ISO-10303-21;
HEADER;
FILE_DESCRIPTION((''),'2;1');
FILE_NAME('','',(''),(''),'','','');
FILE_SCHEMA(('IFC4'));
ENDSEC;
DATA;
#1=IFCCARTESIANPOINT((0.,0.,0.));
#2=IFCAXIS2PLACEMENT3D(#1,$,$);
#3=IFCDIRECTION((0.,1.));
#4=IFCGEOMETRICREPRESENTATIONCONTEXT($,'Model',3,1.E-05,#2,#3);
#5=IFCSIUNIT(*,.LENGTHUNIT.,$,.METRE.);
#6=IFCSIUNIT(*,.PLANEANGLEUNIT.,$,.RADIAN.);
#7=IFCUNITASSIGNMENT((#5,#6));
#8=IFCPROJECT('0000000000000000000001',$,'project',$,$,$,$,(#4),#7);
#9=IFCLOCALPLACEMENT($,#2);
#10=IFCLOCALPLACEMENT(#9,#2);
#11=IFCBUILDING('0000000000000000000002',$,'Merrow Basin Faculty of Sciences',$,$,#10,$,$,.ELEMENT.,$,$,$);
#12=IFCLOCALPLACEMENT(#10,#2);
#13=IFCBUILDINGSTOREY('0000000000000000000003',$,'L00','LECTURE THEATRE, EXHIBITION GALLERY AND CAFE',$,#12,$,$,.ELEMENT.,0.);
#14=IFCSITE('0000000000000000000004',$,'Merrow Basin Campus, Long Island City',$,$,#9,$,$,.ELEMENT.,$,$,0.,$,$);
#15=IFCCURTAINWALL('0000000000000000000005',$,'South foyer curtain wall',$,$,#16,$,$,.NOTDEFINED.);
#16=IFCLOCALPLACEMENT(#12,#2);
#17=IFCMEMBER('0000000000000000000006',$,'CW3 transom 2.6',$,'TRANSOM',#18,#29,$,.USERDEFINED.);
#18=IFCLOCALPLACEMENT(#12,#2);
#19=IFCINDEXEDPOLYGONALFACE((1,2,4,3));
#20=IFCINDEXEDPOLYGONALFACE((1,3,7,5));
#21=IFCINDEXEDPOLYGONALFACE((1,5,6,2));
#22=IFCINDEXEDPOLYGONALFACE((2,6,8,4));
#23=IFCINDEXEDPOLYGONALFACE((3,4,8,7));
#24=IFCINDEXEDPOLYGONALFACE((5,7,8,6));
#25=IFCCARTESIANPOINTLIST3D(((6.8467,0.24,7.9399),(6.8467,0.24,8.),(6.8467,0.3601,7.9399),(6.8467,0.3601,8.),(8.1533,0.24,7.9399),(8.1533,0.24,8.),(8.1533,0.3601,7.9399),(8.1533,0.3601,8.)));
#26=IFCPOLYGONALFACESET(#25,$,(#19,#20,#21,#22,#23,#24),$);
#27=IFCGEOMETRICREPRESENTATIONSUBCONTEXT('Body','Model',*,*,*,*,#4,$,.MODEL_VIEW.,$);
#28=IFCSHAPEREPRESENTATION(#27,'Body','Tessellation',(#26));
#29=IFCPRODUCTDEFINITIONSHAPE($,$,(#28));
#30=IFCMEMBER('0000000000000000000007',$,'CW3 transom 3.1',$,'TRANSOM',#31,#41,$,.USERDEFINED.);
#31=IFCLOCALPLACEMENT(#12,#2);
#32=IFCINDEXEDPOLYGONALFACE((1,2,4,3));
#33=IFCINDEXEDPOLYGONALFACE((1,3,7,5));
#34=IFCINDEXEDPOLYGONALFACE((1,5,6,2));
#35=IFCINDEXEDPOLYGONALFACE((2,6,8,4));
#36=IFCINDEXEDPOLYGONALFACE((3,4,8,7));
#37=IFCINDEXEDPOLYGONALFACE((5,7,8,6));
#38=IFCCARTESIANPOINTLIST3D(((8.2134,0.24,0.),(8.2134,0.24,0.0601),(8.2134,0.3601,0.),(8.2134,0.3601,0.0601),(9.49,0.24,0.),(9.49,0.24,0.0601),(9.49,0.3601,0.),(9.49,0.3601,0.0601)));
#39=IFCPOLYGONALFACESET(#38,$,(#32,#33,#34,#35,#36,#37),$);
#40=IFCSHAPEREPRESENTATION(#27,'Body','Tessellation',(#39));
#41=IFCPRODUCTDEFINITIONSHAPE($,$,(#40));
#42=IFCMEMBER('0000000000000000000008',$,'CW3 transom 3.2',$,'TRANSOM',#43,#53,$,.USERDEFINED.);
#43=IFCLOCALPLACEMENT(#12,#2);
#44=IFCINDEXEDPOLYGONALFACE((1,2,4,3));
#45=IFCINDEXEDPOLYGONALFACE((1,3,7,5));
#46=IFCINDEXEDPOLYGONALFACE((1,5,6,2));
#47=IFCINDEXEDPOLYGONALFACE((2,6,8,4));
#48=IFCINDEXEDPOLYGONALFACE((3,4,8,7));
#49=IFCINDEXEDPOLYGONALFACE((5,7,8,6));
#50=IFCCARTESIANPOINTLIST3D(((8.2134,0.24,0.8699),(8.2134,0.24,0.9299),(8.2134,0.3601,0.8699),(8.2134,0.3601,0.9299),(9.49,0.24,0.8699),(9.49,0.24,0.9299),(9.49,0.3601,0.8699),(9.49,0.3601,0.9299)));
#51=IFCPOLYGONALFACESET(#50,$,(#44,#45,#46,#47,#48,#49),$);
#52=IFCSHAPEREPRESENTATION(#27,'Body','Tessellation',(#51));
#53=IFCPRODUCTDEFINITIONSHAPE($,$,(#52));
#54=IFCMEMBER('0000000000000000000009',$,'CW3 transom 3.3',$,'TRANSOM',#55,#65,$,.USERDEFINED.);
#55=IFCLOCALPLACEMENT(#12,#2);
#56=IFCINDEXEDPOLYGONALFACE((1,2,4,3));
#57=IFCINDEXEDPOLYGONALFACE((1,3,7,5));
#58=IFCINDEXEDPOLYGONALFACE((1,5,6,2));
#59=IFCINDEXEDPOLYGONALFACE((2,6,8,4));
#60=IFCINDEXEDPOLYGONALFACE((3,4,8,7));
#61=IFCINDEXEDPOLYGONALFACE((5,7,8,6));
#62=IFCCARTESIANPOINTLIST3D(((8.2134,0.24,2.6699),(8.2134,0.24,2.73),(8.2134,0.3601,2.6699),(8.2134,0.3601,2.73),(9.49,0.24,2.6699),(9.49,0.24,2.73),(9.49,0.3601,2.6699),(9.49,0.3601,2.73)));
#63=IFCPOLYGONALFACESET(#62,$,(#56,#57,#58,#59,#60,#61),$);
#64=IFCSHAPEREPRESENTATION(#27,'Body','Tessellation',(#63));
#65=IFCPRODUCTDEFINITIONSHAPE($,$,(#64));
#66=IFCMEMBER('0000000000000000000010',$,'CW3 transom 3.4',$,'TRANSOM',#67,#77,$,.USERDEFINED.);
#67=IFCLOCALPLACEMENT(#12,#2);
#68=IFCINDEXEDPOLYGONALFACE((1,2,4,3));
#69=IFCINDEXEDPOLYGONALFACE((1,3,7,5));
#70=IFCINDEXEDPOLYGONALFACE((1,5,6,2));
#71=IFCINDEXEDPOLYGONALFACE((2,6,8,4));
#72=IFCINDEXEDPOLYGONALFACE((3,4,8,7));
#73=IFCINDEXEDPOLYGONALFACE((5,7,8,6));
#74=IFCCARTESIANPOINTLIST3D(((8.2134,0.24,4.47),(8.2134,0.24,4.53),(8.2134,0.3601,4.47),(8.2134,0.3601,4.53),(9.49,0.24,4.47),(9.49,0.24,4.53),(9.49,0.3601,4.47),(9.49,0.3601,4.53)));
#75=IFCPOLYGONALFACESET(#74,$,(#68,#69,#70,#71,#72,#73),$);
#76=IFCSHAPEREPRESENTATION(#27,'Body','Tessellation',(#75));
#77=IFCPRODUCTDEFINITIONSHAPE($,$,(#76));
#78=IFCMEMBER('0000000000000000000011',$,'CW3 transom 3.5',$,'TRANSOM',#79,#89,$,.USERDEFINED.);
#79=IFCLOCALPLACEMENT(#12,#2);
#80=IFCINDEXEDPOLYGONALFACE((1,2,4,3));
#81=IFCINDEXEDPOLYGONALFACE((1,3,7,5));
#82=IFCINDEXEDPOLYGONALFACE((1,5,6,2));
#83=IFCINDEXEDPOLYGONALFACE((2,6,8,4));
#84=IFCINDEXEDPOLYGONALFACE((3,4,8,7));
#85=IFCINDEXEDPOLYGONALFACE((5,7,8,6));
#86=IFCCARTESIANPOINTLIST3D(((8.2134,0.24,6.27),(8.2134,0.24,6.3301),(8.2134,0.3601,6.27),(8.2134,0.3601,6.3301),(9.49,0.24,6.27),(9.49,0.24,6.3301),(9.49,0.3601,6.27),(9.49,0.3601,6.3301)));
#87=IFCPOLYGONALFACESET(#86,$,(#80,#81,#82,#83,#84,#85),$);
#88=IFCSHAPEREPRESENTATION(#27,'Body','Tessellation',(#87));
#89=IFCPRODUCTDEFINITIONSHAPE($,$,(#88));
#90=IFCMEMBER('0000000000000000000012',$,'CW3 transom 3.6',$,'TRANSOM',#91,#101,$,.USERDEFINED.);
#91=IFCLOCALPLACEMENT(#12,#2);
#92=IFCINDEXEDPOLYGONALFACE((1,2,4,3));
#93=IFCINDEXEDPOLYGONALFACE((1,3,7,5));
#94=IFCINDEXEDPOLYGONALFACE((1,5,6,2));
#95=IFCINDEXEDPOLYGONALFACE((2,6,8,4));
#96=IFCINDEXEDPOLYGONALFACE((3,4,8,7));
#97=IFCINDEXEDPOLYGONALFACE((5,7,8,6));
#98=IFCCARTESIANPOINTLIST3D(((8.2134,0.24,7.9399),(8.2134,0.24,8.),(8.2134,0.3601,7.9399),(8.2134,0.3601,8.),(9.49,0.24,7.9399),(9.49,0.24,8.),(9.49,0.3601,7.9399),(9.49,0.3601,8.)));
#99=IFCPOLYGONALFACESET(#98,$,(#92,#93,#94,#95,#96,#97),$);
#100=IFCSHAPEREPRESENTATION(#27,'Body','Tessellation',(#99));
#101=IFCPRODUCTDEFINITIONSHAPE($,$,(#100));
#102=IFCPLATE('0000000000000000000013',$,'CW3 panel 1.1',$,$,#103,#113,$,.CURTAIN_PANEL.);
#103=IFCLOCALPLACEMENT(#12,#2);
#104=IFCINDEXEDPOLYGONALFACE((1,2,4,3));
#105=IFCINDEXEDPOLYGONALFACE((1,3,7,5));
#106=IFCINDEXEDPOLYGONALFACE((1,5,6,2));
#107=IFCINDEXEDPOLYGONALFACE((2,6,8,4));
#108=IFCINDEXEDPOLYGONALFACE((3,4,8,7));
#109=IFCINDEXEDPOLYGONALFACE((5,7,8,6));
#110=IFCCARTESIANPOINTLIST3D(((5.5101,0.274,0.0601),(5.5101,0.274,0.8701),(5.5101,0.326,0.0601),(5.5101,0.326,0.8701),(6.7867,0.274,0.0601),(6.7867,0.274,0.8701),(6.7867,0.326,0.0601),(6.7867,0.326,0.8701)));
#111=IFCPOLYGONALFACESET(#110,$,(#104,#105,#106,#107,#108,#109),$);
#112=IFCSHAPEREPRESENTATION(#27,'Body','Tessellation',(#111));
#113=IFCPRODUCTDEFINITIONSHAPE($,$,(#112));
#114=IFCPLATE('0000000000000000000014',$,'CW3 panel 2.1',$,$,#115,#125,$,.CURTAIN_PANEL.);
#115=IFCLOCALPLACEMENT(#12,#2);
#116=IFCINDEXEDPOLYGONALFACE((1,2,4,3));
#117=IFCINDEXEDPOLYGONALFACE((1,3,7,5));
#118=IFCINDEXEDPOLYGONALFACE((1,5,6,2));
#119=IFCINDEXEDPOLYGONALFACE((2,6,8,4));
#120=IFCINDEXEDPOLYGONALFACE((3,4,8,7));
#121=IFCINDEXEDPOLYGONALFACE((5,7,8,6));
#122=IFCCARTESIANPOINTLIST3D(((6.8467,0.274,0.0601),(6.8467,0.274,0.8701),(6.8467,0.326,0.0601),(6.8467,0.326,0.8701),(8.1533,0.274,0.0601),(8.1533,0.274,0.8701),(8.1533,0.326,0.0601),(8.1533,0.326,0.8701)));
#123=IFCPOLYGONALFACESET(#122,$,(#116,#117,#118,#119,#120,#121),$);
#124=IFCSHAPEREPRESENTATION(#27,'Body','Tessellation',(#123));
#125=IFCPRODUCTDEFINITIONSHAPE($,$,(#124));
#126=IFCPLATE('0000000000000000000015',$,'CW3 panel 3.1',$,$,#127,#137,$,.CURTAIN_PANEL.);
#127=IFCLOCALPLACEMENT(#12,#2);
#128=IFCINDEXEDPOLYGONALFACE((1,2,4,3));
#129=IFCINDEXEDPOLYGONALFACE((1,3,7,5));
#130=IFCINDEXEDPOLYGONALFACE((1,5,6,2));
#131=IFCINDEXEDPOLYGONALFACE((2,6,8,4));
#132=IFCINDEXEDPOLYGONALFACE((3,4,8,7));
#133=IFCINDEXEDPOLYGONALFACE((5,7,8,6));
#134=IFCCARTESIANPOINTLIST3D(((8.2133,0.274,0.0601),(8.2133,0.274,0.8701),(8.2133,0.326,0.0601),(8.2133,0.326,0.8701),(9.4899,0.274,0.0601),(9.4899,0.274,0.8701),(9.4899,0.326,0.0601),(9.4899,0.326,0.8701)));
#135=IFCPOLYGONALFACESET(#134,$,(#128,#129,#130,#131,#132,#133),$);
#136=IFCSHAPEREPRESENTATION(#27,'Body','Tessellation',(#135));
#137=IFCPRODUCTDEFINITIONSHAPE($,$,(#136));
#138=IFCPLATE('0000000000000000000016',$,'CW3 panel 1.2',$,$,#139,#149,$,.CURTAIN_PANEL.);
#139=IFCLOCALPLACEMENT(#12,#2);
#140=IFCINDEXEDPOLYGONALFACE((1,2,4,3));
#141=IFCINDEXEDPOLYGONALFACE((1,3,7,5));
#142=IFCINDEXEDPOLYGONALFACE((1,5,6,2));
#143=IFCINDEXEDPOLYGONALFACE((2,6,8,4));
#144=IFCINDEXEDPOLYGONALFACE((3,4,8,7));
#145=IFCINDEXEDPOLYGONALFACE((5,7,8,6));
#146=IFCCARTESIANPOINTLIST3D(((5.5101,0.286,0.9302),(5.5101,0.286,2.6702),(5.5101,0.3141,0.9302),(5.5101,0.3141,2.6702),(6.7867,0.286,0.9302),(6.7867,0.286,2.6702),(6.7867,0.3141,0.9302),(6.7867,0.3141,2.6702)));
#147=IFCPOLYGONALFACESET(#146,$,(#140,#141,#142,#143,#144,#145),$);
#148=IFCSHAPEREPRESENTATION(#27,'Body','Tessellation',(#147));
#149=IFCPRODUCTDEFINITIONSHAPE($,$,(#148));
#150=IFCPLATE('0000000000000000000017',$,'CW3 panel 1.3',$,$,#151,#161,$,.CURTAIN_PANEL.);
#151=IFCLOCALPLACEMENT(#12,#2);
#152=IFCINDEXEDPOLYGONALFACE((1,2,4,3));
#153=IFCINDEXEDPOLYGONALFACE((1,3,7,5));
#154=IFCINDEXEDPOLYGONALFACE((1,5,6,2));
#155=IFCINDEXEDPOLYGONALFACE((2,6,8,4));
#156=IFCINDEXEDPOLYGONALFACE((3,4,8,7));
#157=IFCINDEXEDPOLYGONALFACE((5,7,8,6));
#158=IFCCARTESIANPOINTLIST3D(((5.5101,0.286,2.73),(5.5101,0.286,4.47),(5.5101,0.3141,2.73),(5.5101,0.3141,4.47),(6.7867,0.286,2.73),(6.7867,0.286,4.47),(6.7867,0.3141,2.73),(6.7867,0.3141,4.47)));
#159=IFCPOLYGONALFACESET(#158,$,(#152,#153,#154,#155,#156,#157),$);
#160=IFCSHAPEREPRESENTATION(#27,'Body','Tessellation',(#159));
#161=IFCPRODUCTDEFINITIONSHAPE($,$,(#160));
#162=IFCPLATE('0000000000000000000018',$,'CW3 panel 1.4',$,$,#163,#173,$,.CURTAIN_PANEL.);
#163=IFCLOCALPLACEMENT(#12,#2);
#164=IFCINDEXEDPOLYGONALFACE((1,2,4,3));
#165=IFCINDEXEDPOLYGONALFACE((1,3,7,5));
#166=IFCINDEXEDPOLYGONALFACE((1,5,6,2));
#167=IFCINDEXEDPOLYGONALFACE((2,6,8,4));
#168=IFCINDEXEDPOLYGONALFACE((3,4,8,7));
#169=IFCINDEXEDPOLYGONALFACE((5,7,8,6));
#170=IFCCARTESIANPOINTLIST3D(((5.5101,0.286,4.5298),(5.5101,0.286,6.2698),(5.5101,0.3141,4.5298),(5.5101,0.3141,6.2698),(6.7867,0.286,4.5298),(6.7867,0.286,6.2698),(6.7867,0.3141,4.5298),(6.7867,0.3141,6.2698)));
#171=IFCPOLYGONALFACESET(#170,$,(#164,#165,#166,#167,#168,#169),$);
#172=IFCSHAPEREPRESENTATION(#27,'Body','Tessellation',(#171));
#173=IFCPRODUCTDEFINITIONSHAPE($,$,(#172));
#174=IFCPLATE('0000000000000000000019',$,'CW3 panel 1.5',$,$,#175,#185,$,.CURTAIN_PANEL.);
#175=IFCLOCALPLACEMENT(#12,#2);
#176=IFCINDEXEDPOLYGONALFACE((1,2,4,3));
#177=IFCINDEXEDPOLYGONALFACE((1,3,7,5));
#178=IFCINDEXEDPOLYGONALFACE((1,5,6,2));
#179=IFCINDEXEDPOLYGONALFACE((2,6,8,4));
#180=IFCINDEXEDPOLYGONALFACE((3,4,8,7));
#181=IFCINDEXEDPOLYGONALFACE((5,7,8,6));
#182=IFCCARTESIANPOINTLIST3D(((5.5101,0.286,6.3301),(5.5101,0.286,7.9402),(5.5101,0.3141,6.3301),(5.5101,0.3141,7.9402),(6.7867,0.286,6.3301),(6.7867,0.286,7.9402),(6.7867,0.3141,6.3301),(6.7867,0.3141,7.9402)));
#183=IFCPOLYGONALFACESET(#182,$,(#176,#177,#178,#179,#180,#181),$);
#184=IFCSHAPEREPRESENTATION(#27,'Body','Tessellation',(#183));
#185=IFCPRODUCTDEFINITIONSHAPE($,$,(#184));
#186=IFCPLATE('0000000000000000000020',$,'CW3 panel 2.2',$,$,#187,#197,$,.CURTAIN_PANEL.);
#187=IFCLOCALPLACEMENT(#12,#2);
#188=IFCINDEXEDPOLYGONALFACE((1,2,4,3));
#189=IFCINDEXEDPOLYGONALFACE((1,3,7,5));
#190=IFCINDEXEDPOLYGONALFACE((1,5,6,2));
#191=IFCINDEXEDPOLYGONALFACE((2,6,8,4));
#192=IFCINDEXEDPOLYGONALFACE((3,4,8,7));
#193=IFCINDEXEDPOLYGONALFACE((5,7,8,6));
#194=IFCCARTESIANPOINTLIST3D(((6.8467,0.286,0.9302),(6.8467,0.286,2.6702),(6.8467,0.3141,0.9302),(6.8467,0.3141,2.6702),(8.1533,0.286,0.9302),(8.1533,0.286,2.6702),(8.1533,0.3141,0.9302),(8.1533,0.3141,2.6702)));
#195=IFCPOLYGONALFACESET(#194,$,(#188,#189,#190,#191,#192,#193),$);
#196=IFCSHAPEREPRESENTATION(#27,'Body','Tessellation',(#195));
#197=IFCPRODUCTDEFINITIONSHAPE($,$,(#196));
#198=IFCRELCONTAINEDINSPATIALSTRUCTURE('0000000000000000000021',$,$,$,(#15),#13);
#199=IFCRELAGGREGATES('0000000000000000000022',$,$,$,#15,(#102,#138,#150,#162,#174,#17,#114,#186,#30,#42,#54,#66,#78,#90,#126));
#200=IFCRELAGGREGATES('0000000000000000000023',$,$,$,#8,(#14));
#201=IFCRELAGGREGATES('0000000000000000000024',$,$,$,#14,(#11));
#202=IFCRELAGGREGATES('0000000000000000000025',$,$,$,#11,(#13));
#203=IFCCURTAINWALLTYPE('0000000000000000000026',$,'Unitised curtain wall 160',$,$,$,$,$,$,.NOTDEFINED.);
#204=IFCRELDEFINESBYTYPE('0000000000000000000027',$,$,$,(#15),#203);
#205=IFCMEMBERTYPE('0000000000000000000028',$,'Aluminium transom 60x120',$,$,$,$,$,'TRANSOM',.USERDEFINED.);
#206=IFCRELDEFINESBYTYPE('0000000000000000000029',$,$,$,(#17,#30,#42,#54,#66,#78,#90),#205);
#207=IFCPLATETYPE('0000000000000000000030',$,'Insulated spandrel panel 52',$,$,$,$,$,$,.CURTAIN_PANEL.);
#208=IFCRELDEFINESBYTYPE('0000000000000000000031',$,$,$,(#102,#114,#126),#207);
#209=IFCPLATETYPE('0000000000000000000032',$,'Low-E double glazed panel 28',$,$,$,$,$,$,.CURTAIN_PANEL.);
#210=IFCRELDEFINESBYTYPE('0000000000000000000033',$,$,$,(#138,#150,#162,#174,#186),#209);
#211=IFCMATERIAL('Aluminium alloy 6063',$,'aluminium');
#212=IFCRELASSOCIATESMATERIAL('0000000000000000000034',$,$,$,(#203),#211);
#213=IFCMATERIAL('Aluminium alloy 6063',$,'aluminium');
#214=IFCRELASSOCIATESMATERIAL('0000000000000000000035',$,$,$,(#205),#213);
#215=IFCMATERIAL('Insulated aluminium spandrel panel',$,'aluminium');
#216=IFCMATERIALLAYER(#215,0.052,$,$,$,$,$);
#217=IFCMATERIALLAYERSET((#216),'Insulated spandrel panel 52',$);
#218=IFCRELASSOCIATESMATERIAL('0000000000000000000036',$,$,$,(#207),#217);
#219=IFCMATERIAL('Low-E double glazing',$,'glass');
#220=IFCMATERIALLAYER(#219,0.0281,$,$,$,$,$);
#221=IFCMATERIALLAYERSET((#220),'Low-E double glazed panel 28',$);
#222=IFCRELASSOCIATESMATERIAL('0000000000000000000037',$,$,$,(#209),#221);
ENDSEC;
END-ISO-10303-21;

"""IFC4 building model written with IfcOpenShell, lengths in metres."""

from ifc_helpers import new_model, si_unit, direction, frame, origin, origin_2d, place, context, subcontext, project, spatial, rectangle, extrude, material, layer, layer_set, material_profile, profile_set, type_object, element, aggregate, save


model = new_model("IFC4")

# Units and contexts
model_context = context("Model", 3, precision=1e-05, world=origin(), true_north=direction((0.0, 1.0)))
body_context = subcontext(model_context, "Body", "Model", "MODEL_VIEW")
ifc_project = project(units=[si_unit("LENGTHUNIT", "METRE"), si_unit("PLANEANGLEUNIT", "RADIAN")], contexts=[model_context])

# Site, building, storey
site_placement = place(None, origin())
site = spatial("IfcSite", under=ifc_project, at=site_placement, Name="Merrow Basin Campus, Long Island City", CompositionType="ELEMENT", RefElevation=0.0)
building_placement = place(site_placement, origin())
building = spatial("IfcBuilding", under=site, at=building_placement, Name="Merrow Basin Faculty of Sciences", CompositionType="ELEMENT")
storey_placement = place(building_placement, origin())
storey = spatial("IfcBuildingStorey", under=building, at=storey_placement, Name="L00", Description="LECTURE THEATRE, EXHIBITION GALLERY AND CAFE", CompositionType="ELEMENT", Elevation=0.0)

# Curtain wall, members, plates
ifc_material_1 = material(Name="Aluminium alloy 6063", Category="aluminium")
curtain_wall_type = type_object("IfcCurtainWallType", Name="Unitised curtain wall 160", PredefinedType="NOTDEFINED", material=ifc_material_1)
curtain_wall_placement = place(storey_placement, origin())
curtain_wall = element("IfcCurtainWall", 1, at=curtain_wall_placement, inside=storey, type_object=curtain_wall_type, Name="South foyer curtain wall", PredefinedType="NOTDEFINED")
ifc_material_2 = material(Name="Aluminium alloy 6063", Category="aluminium")
ifc_material_profile_1 = material_profile(ifc_material_2, rectangle(XDim=0.1201, YDim=0.0601, at=origin_2d()))
ifc_profile_set_1 = profile_set([ifc_material_profile_1], Name="Aluminium alloy 6063")
member_type_1 = type_object("IfcMemberType", Name="Aluminium transom 60x120", ElementType="TRANSOM", PredefinedType="USERDEFINED", material=ifc_profile_set_1)
member_1_placement = place(storey_placement, frame((6.8467, 0.3, 7.97), z_axis=(1.0, 0.0, 0.0), x_axis=(0.0, 1.0, 0.0)))
member_1 = element("IfcMember", 2, at=member_1_placement, type_object=member_type_1, Name="CW3 transom 2.6", ObjectType="TRANSOM", PredefinedType="USERDEFINED", context=body_context, shape_type="SweptSolid", body=[
    extrude(rectangle(XDim=0.1201, YDim=0.0601, at=origin_2d()), origin(), (0.0, 0.0, 1.0), 1.3066),
])
member_2_placement = place(storey_placement, frame((8.2134, 0.3, 0.03), z_axis=(1.0, 0.0, 0.0), x_axis=(0.0, 1.0, 0.0)))
member_2 = element("IfcMember", 3, at=member_2_placement, type_object=member_type_1, Name="CW3 transom 3.1", ObjectType="TRANSOM", PredefinedType="USERDEFINED", context=body_context, shape_type="SweptSolid", body=[
    extrude(rectangle(XDim=0.1201, YDim=0.0601, at=origin_2d()), origin(), (0.0, 0.0, 1.0), 1.2766),
])
member_3_placement = place(storey_placement, frame((8.2134, 0.3, 0.8999), z_axis=(1.0, 0.0, 0.0), x_axis=(0.0, 1.0, 0.0)))
member_3 = element("IfcMember", 4, at=member_3_placement, type_object=member_type_1, Name="CW3 transom 3.2", ObjectType="TRANSOM", PredefinedType="USERDEFINED", context=body_context, shape_type="SweptSolid", body=[
    extrude(rectangle(XDim=0.1201, YDim=0.0601, at=origin_2d()), origin(), (0.0, 0.0, 1.0), 1.2766),
])
member_4_placement = place(storey_placement, frame((8.2134, 0.3, 2.7), z_axis=(1.0, 0.0, 0.0), x_axis=(0.0, 1.0, 0.0)))
member_4 = element("IfcMember", 5, at=member_4_placement, type_object=member_type_1, Name="CW3 transom 3.3", ObjectType="TRANSOM", PredefinedType="USERDEFINED", context=body_context, shape_type="SweptSolid", body=[
    extrude(rectangle(XDim=0.1201, YDim=0.0601, at=origin_2d()), origin(), (0.0, 0.0, 1.0), 1.2766),
])
member_5_placement = place(storey_placement, frame((8.2134, 0.3, 4.5), z_axis=(1.0, 0.0, 0.0), x_axis=(0.0, 1.0, 0.0)))
member_5 = element("IfcMember", 6, at=member_5_placement, type_object=member_type_1, Name="CW3 transom 3.4", ObjectType="TRANSOM", PredefinedType="USERDEFINED", context=body_context, shape_type="SweptSolid", body=[
    extrude(rectangle(XDim=0.1201, YDim=0.0601, at=origin_2d()), origin(), (0.0, 0.0, 1.0), 1.2766),
])
member_6_placement = place(storey_placement, frame((8.2134, 0.3, 6.3), z_axis=(1.0, 0.0, 0.0), x_axis=(0.0, 1.0, 0.0)))
member_6 = element("IfcMember", 7, at=member_6_placement, type_object=member_type_1, Name="CW3 transom 3.5", ObjectType="TRANSOM", PredefinedType="USERDEFINED", context=body_context, shape_type="SweptSolid", body=[
    extrude(rectangle(XDim=0.1201, YDim=0.0601, at=origin_2d()), origin(), (0.0, 0.0, 1.0), 1.2766),
])
member_7_placement = place(storey_placement, frame((8.2134, 0.3, 7.97), z_axis=(1.0, 0.0, 0.0), x_axis=(0.0, 1.0, 0.0)))
member_7 = element("IfcMember", 8, at=member_7_placement, type_object=member_type_1, Name="CW3 transom 3.6", ObjectType="TRANSOM", PredefinedType="USERDEFINED", context=body_context, shape_type="SweptSolid", body=[
    extrude(rectangle(XDim=0.1201, YDim=0.0601, at=origin_2d()), origin(), (0.0, 0.0, 1.0), 1.2766),
])
ifc_material_3 = material(Name="Insulated aluminium spandrel panel", Category="aluminium")
ifc_layer_1 = layer(ifc_material_3, 0.052)
ifc_layer_set_1 = layer_set([ifc_layer_1], Name="Insulated spandrel panel 52")
plate_type_1 = type_object("IfcPlateType", Name="Insulated spandrel panel 52", PredefinedType="CURTAIN_PANEL", material=ifc_layer_set_1)
plate_1_placement = place(storey_placement, frame((6.1484, 0.3, 0.0601), z_axis=(0.0, 0.0, 1.0), x_axis=(1.0, 0.0, 0.0)))
plate_1 = element("IfcPlate", 9, at=plate_1_placement, type_object=plate_type_1, Name="CW3 panel 1.1", PredefinedType="CURTAIN_PANEL", context=body_context, shape_type="SweptSolid", body=[
    extrude(rectangle(XDim=1.2766, YDim=0.052, at=origin_2d()), origin(), (0.0, 0.0, 1.0), 0.8101),
])
plate_2_placement = place(storey_placement, frame((7.5, 0.3, 0.0601), z_axis=(0.0, 0.0, 1.0), x_axis=(1.0, 0.0, 0.0)))
plate_2 = element("IfcPlate", 10, at=plate_2_placement, type_object=plate_type_1, Name="CW3 panel 2.1", PredefinedType="CURTAIN_PANEL", context=body_context, shape_type="SweptSolid", body=[
    extrude(rectangle(XDim=1.3066, YDim=0.052, at=origin_2d()), origin(), (0.0, 0.0, 1.0), 0.8101),
])
plate_3_placement = place(storey_placement, frame((8.8516, 0.3, 0.0601), z_axis=(0.0, 0.0, 1.0), x_axis=(1.0, 0.0, 0.0)))
plate_3 = element("IfcPlate", 11, at=plate_3_placement, type_object=plate_type_1, Name="CW3 panel 3.1", PredefinedType="CURTAIN_PANEL", context=body_context, shape_type="SweptSolid", body=[
    extrude(rectangle(XDim=1.2766, YDim=0.052, at=origin_2d()), origin(), (0.0, 0.0, 1.0), 0.8101),
])
ifc_material_4 = material(Name="Low-E double glazing", Category="glass")
ifc_layer_2 = layer(ifc_material_4, 0.0281)
ifc_layer_set_2 = layer_set([ifc_layer_2], Name="Low-E double glazed panel 28")
plate_type_2 = type_object("IfcPlateType", Name="Low-E double glazed panel 28", PredefinedType="CURTAIN_PANEL", material=ifc_layer_set_2)
plate_4_placement = place(storey_placement, frame((6.1484, 0.3, 0.9302), z_axis=(0.0, 0.0, 1.0), x_axis=(1.0, 0.0, 0.0)))
plate_4 = element("IfcPlate", 12, at=plate_4_placement, type_object=plate_type_2, Name="CW3 panel 1.2", PredefinedType="CURTAIN_PANEL", context=body_context, shape_type="SweptSolid", body=[
    extrude(rectangle(XDim=1.2766, YDim=0.0281, at=origin_2d()), origin(), (0.0, 0.0, 1.0), 1.74),
])
plate_5_placement = place(storey_placement, frame((6.1484, 0.3, 2.73), z_axis=(0.0, 0.0, 1.0), x_axis=(1.0, 0.0, 0.0)))
plate_5 = element("IfcPlate", 13, at=plate_5_placement, type_object=plate_type_2, Name="CW3 panel 1.3", PredefinedType="CURTAIN_PANEL", context=body_context, shape_type="SweptSolid", body=[
    extrude(rectangle(XDim=1.2766, YDim=0.0281, at=origin_2d()), origin(), (0.0, 0.0, 1.0), 1.74),
])
plate_6_placement = place(storey_placement, frame((6.1484, 0.3, 4.5298), z_axis=(0.0, 0.0, 1.0), x_axis=(1.0, 0.0, 0.0)))
plate_6 = element("IfcPlate", 14, at=plate_6_placement, type_object=plate_type_2, Name="CW3 panel 1.4", PredefinedType="CURTAIN_PANEL", context=body_context, shape_type="SweptSolid", body=[
    extrude(rectangle(XDim=1.2766, YDim=0.0281, at=origin_2d()), origin(), (0.0, 0.0, 1.0), 1.74),
])
plate_7_placement = place(storey_placement, frame((6.1484, 0.3, 6.3301), z_axis=(0.0, 0.0, 1.0), x_axis=(1.0, 0.0, 0.0)))
plate_7 = element("IfcPlate", 15, at=plate_7_placement, type_object=plate_type_2, Name="CW3 panel 1.5", PredefinedType="CURTAIN_PANEL", context=body_context, shape_type="SweptSolid", body=[
    extrude(rectangle(XDim=1.2766, YDim=0.0281, at=origin_2d()), origin(), (0.0, 0.0, 1.0), 1.6101),
])
plate_8_placement = place(storey_placement, frame((7.5, 0.3, 0.9302), z_axis=(0.0, 0.0, 1.0), x_axis=(1.0, 0.0, 0.0)))
plate_8 = element("IfcPlate", 16, at=plate_8_placement, type_object=plate_type_2, Name="CW3 panel 2.2", PredefinedType="CURTAIN_PANEL", context=body_context, shape_type="SweptSolid", body=[
    extrude(rectangle(XDim=1.3066, YDim=0.0281, at=origin_2d()), origin(), (0.0, 0.0, 1.0), 1.74),
])
aggregate(curtain_wall, [plate_1, plate_4, plate_5, plate_6, plate_7, member_1, plate_2, plate_8, member_2, member_3, member_4, member_5, member_6, member_7, plate_3])

save(model, "model.ifc")
